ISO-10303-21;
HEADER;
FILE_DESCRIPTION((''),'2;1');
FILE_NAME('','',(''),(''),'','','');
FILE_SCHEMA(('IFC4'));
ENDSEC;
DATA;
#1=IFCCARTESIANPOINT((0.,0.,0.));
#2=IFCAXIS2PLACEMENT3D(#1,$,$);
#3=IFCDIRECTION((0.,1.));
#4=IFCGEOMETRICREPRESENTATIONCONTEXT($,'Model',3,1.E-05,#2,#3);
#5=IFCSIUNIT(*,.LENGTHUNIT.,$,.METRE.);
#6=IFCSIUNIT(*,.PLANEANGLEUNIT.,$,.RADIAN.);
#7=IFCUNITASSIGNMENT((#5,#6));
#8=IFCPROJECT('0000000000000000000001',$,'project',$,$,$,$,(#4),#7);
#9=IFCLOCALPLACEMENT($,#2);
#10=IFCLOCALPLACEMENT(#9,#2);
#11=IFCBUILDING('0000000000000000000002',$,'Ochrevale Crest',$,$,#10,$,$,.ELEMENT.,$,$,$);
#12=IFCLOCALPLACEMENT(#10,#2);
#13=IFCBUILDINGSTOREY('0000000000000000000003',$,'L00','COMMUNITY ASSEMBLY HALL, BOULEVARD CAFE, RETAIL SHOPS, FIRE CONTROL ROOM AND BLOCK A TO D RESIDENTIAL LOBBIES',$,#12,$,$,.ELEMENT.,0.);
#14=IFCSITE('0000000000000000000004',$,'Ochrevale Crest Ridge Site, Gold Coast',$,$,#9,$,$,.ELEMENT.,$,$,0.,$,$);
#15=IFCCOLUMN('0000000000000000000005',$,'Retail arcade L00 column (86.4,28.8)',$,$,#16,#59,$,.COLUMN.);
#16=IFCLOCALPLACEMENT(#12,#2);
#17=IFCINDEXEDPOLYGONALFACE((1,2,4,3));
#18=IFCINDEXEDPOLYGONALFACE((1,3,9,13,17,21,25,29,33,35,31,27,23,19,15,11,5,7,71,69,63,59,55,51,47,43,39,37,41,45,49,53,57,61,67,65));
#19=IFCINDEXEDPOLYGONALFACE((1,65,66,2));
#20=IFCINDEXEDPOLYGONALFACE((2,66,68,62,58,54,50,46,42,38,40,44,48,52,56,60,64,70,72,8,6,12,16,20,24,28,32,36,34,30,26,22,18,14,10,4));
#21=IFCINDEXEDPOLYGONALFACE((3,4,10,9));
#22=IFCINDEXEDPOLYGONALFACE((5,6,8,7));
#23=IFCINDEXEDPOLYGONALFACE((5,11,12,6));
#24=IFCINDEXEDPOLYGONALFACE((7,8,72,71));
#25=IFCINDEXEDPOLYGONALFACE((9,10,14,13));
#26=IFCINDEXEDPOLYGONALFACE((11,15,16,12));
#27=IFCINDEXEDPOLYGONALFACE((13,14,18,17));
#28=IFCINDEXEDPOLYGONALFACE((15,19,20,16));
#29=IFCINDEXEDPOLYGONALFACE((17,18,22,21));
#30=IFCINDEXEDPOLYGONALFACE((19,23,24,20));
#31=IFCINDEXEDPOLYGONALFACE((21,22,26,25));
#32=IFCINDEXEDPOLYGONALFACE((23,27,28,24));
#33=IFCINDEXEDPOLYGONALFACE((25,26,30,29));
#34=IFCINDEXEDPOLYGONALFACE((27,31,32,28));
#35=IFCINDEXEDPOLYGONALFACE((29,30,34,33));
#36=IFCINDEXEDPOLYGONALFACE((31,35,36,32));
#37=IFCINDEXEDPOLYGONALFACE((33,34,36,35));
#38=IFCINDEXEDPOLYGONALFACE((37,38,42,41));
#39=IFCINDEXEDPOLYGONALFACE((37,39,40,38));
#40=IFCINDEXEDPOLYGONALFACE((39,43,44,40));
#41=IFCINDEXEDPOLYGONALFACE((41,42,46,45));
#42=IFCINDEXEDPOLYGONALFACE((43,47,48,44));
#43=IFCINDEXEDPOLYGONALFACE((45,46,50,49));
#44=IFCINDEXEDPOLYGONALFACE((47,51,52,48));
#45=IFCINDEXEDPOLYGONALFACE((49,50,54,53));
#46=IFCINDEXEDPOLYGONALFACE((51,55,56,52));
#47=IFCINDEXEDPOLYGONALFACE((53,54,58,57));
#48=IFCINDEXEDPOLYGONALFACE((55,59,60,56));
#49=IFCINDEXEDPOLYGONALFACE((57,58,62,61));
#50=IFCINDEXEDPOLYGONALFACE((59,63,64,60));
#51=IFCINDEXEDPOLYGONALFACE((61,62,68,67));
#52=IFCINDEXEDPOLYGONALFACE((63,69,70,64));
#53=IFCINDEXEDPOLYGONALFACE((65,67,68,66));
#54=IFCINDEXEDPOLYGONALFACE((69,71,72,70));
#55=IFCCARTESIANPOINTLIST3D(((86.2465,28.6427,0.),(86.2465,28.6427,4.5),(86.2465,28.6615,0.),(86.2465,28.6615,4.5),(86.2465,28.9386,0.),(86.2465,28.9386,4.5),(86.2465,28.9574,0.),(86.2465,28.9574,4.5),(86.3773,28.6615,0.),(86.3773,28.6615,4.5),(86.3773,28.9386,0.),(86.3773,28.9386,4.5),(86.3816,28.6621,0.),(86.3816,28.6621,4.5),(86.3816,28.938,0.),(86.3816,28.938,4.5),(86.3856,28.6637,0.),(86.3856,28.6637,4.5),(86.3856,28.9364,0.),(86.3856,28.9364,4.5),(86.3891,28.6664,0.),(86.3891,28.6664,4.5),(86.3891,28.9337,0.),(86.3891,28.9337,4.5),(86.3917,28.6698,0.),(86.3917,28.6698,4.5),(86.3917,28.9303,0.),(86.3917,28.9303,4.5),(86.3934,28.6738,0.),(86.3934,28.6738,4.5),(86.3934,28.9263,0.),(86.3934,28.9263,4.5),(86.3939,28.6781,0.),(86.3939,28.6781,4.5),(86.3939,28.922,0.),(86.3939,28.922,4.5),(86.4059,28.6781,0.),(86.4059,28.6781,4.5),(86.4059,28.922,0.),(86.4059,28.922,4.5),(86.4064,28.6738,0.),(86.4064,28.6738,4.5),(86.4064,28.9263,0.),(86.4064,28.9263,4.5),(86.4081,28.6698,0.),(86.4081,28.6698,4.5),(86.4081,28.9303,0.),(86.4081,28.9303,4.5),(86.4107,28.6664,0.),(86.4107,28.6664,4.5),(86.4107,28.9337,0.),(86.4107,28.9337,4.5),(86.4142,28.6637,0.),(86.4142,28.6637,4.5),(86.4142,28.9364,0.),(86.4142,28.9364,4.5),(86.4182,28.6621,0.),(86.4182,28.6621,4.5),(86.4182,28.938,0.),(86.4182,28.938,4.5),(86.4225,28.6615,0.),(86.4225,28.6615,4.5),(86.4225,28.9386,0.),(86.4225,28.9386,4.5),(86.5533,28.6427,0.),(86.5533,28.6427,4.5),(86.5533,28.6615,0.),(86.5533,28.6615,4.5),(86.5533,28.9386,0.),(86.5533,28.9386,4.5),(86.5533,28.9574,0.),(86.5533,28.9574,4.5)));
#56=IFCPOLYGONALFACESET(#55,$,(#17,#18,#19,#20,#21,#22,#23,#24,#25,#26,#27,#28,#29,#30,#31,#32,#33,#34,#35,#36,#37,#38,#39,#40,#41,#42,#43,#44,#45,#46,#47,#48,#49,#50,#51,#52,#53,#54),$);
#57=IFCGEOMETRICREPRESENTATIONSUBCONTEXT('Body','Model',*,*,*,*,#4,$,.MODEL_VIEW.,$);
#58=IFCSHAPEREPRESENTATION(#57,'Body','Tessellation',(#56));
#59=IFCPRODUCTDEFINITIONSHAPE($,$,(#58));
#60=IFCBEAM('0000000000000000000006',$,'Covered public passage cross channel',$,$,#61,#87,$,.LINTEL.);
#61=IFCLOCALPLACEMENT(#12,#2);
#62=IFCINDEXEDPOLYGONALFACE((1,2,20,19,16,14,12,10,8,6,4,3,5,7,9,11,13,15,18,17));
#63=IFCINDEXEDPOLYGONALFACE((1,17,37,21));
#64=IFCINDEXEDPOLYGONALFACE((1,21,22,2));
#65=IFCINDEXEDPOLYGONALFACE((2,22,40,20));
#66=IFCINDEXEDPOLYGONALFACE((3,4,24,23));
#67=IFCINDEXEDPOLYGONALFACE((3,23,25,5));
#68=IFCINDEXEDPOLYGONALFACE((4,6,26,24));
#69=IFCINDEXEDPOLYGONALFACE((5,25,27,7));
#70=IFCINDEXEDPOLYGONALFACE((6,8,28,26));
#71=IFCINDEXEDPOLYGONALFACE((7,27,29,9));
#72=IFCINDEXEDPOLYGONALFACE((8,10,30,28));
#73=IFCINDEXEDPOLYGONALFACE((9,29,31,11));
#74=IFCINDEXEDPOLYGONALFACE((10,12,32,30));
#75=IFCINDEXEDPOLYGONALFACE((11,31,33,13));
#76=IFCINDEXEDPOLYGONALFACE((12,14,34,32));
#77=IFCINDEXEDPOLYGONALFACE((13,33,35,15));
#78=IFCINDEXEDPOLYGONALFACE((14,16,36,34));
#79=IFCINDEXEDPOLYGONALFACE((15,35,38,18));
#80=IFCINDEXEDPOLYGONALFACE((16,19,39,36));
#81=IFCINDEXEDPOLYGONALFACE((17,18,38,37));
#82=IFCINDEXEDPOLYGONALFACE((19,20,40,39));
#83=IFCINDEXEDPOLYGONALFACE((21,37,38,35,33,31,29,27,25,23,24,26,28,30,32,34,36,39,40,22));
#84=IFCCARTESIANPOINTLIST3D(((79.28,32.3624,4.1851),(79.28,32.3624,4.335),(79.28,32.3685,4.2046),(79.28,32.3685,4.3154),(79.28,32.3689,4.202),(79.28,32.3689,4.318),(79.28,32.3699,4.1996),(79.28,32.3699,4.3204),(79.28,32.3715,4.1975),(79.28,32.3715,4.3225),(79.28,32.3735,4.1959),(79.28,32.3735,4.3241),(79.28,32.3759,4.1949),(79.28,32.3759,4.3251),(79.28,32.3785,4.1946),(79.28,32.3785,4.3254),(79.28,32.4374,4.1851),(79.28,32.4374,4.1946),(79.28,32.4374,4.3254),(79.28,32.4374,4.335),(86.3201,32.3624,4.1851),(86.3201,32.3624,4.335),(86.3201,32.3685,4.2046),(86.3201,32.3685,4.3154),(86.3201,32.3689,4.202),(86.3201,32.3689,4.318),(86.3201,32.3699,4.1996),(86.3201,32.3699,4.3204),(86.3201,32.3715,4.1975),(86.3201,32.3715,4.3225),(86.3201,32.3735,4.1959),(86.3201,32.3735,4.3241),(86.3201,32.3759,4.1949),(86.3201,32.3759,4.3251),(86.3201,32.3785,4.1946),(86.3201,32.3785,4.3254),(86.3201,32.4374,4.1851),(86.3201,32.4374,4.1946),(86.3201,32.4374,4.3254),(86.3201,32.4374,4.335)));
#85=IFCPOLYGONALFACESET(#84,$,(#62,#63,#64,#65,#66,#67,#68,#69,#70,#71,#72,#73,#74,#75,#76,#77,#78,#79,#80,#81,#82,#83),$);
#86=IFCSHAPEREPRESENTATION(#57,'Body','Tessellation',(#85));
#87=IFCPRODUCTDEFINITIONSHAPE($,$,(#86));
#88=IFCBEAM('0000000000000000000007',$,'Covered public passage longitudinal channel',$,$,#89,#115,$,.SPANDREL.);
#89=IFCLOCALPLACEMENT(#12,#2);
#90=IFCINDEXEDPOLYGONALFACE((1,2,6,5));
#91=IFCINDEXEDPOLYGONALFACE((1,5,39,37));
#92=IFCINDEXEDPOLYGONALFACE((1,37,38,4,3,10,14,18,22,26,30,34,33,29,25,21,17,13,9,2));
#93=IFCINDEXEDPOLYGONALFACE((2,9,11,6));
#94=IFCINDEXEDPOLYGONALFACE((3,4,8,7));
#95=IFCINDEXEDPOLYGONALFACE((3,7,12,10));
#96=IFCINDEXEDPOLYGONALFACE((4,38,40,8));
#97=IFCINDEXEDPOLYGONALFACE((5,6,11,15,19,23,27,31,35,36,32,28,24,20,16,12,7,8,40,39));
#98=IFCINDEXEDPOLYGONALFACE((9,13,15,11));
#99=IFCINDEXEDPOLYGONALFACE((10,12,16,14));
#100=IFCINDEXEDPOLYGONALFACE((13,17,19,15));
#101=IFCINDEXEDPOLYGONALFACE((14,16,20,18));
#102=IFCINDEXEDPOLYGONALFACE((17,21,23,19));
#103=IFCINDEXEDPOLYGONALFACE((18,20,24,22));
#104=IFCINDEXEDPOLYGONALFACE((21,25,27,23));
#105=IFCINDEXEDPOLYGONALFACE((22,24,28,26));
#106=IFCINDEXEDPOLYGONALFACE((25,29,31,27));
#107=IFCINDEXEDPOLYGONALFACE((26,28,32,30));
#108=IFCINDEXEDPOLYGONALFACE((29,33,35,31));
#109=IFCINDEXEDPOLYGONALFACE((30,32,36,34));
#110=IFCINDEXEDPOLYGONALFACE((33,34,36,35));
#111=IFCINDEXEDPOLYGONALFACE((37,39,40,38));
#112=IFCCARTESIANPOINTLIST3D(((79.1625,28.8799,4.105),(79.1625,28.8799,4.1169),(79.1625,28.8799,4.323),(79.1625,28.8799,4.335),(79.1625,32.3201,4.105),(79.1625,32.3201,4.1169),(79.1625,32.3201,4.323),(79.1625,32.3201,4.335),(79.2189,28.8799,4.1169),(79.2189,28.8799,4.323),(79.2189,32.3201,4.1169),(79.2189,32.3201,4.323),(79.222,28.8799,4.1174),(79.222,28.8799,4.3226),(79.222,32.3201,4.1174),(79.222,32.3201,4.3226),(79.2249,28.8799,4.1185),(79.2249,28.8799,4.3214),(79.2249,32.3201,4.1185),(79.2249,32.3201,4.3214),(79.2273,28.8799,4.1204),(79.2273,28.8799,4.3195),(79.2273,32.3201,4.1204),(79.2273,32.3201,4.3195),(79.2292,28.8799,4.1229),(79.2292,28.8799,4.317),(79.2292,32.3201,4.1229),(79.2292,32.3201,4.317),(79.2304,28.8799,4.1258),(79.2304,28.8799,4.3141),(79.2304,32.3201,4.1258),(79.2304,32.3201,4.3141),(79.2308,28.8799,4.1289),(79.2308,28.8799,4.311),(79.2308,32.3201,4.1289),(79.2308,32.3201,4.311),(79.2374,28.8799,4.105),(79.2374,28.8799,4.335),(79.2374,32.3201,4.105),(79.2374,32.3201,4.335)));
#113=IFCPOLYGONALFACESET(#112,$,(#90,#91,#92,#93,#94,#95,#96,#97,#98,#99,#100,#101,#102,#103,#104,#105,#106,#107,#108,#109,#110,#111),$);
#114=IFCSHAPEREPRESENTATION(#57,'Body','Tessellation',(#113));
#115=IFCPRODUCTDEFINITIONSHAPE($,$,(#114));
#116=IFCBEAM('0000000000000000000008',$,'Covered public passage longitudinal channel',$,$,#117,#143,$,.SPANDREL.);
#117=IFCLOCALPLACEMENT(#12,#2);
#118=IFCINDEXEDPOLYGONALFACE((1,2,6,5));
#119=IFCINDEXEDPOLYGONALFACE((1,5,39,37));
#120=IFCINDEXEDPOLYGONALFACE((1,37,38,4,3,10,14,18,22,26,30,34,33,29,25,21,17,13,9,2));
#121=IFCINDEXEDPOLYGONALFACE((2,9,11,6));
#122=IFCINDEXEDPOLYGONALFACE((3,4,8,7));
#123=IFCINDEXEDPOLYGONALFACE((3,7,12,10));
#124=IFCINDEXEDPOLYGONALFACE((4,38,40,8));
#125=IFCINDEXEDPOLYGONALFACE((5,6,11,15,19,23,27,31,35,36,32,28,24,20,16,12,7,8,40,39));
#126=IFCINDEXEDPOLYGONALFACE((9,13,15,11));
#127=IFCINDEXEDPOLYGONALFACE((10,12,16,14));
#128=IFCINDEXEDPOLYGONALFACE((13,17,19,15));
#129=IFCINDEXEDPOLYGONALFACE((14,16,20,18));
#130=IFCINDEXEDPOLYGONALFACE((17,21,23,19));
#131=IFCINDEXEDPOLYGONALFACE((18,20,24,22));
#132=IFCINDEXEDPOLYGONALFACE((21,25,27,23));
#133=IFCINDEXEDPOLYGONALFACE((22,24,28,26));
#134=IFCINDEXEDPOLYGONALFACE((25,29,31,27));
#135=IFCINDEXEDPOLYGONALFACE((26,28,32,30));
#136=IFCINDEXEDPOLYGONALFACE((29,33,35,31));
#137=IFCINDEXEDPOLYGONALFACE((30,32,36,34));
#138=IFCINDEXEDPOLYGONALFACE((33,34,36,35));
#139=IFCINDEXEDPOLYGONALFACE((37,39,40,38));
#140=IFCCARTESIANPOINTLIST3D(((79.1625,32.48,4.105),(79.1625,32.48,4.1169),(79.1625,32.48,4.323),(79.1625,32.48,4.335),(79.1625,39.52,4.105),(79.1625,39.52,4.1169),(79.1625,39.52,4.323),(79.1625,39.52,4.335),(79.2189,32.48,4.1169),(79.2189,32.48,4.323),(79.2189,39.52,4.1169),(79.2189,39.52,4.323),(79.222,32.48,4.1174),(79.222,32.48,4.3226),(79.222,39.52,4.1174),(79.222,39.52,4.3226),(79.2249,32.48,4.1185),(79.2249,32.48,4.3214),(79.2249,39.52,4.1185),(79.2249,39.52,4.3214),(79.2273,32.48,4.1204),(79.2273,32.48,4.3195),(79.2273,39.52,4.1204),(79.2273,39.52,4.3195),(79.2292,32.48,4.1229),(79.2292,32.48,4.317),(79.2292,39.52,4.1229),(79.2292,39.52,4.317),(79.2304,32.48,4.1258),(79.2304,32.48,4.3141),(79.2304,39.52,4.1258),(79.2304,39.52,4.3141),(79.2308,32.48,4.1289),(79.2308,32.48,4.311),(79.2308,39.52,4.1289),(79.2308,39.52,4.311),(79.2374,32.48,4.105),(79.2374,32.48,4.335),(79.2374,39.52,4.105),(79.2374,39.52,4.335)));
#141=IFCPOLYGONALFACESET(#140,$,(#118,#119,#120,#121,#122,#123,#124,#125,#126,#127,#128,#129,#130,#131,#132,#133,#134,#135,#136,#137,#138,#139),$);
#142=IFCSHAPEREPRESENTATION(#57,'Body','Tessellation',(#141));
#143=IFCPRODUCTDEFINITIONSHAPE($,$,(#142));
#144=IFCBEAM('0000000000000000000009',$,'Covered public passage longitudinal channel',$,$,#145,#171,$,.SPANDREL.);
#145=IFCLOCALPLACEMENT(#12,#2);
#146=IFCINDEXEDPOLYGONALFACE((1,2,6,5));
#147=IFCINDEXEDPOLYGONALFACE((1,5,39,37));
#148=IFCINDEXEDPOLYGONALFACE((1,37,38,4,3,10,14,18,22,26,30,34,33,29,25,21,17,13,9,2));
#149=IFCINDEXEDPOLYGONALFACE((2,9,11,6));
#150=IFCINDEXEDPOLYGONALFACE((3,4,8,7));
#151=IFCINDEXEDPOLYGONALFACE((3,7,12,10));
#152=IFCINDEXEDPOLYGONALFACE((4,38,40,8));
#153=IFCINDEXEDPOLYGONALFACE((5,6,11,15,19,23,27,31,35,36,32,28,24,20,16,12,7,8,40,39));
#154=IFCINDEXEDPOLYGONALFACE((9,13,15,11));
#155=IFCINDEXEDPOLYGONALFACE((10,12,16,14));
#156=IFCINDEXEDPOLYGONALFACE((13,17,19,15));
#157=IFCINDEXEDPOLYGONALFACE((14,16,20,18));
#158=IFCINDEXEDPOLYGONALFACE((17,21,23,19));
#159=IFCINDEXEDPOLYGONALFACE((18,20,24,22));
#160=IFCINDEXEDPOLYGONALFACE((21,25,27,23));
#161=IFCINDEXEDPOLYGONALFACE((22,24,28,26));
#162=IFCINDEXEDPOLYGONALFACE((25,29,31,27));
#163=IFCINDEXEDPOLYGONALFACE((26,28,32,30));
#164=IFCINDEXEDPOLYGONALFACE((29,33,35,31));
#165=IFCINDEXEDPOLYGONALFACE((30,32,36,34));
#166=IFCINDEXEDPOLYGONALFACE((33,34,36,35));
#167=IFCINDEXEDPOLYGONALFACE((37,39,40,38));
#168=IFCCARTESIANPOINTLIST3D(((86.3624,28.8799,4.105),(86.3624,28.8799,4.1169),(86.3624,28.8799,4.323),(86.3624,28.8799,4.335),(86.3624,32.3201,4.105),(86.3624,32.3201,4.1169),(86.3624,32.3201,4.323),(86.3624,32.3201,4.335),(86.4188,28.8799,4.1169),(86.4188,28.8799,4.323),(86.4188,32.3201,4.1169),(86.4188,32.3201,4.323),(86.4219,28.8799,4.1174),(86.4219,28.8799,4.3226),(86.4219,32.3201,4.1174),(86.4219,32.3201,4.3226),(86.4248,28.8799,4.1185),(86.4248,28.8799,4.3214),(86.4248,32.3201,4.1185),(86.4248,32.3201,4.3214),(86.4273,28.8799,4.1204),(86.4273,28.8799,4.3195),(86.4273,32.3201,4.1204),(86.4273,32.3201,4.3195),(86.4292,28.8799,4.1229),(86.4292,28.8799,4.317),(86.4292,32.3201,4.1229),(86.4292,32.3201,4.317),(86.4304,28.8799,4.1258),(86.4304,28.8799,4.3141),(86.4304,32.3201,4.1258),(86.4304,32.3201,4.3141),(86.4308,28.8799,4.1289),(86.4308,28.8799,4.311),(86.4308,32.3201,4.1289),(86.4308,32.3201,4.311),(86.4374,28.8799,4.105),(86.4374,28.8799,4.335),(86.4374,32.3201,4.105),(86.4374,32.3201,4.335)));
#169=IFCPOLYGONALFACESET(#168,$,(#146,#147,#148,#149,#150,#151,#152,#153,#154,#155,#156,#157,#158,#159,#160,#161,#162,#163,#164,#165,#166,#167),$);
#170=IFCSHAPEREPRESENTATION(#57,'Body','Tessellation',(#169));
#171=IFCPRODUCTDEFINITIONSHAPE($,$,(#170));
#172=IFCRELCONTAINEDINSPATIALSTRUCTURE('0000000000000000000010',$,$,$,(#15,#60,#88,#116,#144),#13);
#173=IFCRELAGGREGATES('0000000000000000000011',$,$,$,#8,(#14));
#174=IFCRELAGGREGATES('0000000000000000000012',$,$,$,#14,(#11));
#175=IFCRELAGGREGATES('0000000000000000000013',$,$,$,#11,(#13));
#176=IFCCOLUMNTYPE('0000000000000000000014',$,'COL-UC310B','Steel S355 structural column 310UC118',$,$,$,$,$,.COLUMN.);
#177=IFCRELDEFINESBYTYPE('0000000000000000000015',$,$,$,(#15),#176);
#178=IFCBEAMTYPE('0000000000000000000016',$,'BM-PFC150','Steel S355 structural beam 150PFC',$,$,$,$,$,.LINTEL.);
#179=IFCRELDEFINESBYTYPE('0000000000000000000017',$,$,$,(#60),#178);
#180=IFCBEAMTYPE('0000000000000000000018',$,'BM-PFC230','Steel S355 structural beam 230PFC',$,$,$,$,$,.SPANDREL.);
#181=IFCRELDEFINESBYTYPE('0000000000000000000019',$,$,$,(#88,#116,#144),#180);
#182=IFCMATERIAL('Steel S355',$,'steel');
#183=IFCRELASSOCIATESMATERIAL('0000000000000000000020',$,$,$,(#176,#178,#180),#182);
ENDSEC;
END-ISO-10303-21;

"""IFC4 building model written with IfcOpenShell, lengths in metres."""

from ifc_helpers import new_model, si_unit, direction, frame, origin, origin_2d, place, context, subcontext, project, spatial, i_section, u_section, extrude, material, material_profile, profile_set, type_object, element, save


model = new_model("IFC4")

# Units and contexts
model_context = context("Model", 3, precision=1e-05, world=origin(), true_north=direction((0.0, 1.0)))
body_context = subcontext(model_context, "Body", "Model", "MODEL_VIEW")
ifc_project = project(units=[si_unit("LENGTHUNIT", "METRE"), si_unit("PLANEANGLEUNIT", "RADIAN")], contexts=[model_context])

# Site, building, storey
site_placement = place(None, origin())
site = spatial("IfcSite", under=ifc_project, at=site_placement, Name="Ochrevale Crest Ridge Site, Gold Coast", CompositionType="ELEMENT", RefElevation=0.0)
building_placement = place(site_placement, origin())
building = spatial("IfcBuilding", under=site, at=building_placement, Name="Ochrevale Crest", CompositionType="ELEMENT")
storey_placement = place(building_placement, origin())
storey = spatial("IfcBuildingStorey", under=building, at=storey_placement, Name="L00", Description="COMMUNITY ASSEMBLY HALL, BOULEVARD CAFE, RETAIL SHOPS, FIRE CONTROL ROOM AND BLOCK A TO D RESIDENTIAL LOBBIES", CompositionType="ELEMENT", Elevation=0.0)

# Column
ifc_material_1 = material(Name="Steel S355", Category="steel")
ifc_material_profile_1 = material_profile(ifc_material_1, i_section(OverallWidth=0.3069, OverallDepth=0.3147, WebThickness=0.012, FlangeThickness=0.0188, FilletRadius=0.0166, at=origin_2d()), Name="310UC118")
ifc_profile_set_1 = profile_set([ifc_material_profile_1], Name="Steel S355")
column_type_1 = type_object("IfcColumnType", Name="COL-UC310B", Description="Steel S355 structural column 310UC118", PredefinedType="COLUMN", material=ifc_profile_set_1)
for number, where, z_axis, x_axis, name in (
    (1, (86.3999, 28.8, 0.0), (0.0, 0.0, 1.0), (1.0, 0.0, 0.0), "Retail arcade L00 column (86.4,28.8)"),
):
    element("IfcColumn", number, at=place(storey_placement, frame(where, z_axis=z_axis, x_axis=x_axis)), inside=storey, type_object=column_type_1, Name=name, PredefinedType="COLUMN", context=body_context, shape_type="SweptSolid", body=[
        extrude(i_section(OverallWidth=0.3069, OverallDepth=0.3147, WebThickness=0.012, FlangeThickness=0.0188, FilletRadius=0.0166, at=origin_2d()), origin(), (0.0, 0.0, 1.0), 4.5),
    ])

# Beams
ifc_material_profile_2 = material_profile(ifc_material_1, u_section(Depth=0.1499, FlangeWidth=0.075, WebThickness=0.0061, FlangeThickness=0.0095, FilletRadius=0.01, at=origin_2d()), Name="150PFC")
ifc_profile_set_2 = profile_set([ifc_material_profile_2], Name="Steel S355")
beam_type_1 = type_object("IfcBeamType", Name="BM-PFC150", Description="Steel S355 structural beam 150PFC", PredefinedType="LINTEL", material=ifc_profile_set_2)
beam_1_placement = place(storey_placement, frame((79.28, 32.3999, 4.26), z_axis=(1.0, 0.0, 0.0), x_axis=(0.0, 1.0, 0.0)))
element("IfcBeam", 2, at=beam_1_placement, inside=storey, type_object=beam_type_1, Name="Covered public passage cross channel", PredefinedType="LINTEL", context=body_context, shape_type="SweptSolid", body=[
    extrude(u_section(Depth=0.1499, FlangeWidth=0.075, WebThickness=0.0061, FlangeThickness=0.0095, FilletRadius=0.01, at=origin_2d()), origin(), (0.0, 0.0, 1.0), 7.04),
])
ifc_material_profile_3 = material_profile(ifc_material_1, u_section(Depth=0.23, FlangeWidth=0.075, WebThickness=0.0066, FlangeThickness=0.012, FilletRadius=0.012, at=origin_2d()), Name="230PFC")
ifc_profile_set_3 = profile_set([ifc_material_profile_3], Name="Steel S355")
beam_type_2 = type_object("IfcBeamType", Name="BM-PFC230", Description="Steel S355 structural beam 230PFC", PredefinedType="SPANDREL", material=ifc_profile_set_3)
beam_2_placement = place(storey_placement, frame((79.2, 28.8799, 4.22), z_axis=(0.0, 1.0, 0.0), x_axis=(-1.0, 0.0, 0.0)))
element("IfcBeam", 3, at=beam_2_placement, inside=storey, type_object=beam_type_2, Name="Covered public passage longitudinal channel", PredefinedType="SPANDREL", context=body_context, shape_type="SweptSolid", body=[
    extrude(u_section(Depth=0.23, FlangeWidth=0.075, WebThickness=0.0066, FlangeThickness=0.012, FilletRadius=0.012, at=origin_2d()), origin(), (0.0, 0.0, 1.0), 3.4402),
])
beam_3_placement = place(storey_placement, frame((79.2, 32.48, 4.22), z_axis=(0.0, 1.0, 0.0), x_axis=(-1.0, 0.0, 0.0)))
element("IfcBeam", 4, at=beam_3_placement, inside=storey, type_object=beam_type_2, Name="Covered public passage longitudinal channel", PredefinedType="SPANDREL", context=body_context, shape_type="SweptSolid", body=[
    extrude(u_section(Depth=0.23, FlangeWidth=0.075, WebThickness=0.0066, FlangeThickness=0.012, FilletRadius=0.012, at=origin_2d()), origin(), (0.0, 0.0, 1.0), 7.04),
])
beam_4_placement = place(storey_placement, frame((86.3999, 28.8799, 4.22), z_axis=(0.0, 1.0, 0.0), x_axis=(-1.0, 0.0, 0.0)))
element("IfcBeam", 5, at=beam_4_placement, inside=storey, type_object=beam_type_2, Name="Covered public passage longitudinal channel", PredefinedType="SPANDREL", context=body_context, shape_type="SweptSolid", body=[
    extrude(u_section(Depth=0.23, FlangeWidth=0.075, WebThickness=0.0066, FlangeThickness=0.012, FilletRadius=0.012, at=origin_2d()), origin(), (0.0, 0.0, 1.0), 3.4402),
])

save(model, "model.ifc")
